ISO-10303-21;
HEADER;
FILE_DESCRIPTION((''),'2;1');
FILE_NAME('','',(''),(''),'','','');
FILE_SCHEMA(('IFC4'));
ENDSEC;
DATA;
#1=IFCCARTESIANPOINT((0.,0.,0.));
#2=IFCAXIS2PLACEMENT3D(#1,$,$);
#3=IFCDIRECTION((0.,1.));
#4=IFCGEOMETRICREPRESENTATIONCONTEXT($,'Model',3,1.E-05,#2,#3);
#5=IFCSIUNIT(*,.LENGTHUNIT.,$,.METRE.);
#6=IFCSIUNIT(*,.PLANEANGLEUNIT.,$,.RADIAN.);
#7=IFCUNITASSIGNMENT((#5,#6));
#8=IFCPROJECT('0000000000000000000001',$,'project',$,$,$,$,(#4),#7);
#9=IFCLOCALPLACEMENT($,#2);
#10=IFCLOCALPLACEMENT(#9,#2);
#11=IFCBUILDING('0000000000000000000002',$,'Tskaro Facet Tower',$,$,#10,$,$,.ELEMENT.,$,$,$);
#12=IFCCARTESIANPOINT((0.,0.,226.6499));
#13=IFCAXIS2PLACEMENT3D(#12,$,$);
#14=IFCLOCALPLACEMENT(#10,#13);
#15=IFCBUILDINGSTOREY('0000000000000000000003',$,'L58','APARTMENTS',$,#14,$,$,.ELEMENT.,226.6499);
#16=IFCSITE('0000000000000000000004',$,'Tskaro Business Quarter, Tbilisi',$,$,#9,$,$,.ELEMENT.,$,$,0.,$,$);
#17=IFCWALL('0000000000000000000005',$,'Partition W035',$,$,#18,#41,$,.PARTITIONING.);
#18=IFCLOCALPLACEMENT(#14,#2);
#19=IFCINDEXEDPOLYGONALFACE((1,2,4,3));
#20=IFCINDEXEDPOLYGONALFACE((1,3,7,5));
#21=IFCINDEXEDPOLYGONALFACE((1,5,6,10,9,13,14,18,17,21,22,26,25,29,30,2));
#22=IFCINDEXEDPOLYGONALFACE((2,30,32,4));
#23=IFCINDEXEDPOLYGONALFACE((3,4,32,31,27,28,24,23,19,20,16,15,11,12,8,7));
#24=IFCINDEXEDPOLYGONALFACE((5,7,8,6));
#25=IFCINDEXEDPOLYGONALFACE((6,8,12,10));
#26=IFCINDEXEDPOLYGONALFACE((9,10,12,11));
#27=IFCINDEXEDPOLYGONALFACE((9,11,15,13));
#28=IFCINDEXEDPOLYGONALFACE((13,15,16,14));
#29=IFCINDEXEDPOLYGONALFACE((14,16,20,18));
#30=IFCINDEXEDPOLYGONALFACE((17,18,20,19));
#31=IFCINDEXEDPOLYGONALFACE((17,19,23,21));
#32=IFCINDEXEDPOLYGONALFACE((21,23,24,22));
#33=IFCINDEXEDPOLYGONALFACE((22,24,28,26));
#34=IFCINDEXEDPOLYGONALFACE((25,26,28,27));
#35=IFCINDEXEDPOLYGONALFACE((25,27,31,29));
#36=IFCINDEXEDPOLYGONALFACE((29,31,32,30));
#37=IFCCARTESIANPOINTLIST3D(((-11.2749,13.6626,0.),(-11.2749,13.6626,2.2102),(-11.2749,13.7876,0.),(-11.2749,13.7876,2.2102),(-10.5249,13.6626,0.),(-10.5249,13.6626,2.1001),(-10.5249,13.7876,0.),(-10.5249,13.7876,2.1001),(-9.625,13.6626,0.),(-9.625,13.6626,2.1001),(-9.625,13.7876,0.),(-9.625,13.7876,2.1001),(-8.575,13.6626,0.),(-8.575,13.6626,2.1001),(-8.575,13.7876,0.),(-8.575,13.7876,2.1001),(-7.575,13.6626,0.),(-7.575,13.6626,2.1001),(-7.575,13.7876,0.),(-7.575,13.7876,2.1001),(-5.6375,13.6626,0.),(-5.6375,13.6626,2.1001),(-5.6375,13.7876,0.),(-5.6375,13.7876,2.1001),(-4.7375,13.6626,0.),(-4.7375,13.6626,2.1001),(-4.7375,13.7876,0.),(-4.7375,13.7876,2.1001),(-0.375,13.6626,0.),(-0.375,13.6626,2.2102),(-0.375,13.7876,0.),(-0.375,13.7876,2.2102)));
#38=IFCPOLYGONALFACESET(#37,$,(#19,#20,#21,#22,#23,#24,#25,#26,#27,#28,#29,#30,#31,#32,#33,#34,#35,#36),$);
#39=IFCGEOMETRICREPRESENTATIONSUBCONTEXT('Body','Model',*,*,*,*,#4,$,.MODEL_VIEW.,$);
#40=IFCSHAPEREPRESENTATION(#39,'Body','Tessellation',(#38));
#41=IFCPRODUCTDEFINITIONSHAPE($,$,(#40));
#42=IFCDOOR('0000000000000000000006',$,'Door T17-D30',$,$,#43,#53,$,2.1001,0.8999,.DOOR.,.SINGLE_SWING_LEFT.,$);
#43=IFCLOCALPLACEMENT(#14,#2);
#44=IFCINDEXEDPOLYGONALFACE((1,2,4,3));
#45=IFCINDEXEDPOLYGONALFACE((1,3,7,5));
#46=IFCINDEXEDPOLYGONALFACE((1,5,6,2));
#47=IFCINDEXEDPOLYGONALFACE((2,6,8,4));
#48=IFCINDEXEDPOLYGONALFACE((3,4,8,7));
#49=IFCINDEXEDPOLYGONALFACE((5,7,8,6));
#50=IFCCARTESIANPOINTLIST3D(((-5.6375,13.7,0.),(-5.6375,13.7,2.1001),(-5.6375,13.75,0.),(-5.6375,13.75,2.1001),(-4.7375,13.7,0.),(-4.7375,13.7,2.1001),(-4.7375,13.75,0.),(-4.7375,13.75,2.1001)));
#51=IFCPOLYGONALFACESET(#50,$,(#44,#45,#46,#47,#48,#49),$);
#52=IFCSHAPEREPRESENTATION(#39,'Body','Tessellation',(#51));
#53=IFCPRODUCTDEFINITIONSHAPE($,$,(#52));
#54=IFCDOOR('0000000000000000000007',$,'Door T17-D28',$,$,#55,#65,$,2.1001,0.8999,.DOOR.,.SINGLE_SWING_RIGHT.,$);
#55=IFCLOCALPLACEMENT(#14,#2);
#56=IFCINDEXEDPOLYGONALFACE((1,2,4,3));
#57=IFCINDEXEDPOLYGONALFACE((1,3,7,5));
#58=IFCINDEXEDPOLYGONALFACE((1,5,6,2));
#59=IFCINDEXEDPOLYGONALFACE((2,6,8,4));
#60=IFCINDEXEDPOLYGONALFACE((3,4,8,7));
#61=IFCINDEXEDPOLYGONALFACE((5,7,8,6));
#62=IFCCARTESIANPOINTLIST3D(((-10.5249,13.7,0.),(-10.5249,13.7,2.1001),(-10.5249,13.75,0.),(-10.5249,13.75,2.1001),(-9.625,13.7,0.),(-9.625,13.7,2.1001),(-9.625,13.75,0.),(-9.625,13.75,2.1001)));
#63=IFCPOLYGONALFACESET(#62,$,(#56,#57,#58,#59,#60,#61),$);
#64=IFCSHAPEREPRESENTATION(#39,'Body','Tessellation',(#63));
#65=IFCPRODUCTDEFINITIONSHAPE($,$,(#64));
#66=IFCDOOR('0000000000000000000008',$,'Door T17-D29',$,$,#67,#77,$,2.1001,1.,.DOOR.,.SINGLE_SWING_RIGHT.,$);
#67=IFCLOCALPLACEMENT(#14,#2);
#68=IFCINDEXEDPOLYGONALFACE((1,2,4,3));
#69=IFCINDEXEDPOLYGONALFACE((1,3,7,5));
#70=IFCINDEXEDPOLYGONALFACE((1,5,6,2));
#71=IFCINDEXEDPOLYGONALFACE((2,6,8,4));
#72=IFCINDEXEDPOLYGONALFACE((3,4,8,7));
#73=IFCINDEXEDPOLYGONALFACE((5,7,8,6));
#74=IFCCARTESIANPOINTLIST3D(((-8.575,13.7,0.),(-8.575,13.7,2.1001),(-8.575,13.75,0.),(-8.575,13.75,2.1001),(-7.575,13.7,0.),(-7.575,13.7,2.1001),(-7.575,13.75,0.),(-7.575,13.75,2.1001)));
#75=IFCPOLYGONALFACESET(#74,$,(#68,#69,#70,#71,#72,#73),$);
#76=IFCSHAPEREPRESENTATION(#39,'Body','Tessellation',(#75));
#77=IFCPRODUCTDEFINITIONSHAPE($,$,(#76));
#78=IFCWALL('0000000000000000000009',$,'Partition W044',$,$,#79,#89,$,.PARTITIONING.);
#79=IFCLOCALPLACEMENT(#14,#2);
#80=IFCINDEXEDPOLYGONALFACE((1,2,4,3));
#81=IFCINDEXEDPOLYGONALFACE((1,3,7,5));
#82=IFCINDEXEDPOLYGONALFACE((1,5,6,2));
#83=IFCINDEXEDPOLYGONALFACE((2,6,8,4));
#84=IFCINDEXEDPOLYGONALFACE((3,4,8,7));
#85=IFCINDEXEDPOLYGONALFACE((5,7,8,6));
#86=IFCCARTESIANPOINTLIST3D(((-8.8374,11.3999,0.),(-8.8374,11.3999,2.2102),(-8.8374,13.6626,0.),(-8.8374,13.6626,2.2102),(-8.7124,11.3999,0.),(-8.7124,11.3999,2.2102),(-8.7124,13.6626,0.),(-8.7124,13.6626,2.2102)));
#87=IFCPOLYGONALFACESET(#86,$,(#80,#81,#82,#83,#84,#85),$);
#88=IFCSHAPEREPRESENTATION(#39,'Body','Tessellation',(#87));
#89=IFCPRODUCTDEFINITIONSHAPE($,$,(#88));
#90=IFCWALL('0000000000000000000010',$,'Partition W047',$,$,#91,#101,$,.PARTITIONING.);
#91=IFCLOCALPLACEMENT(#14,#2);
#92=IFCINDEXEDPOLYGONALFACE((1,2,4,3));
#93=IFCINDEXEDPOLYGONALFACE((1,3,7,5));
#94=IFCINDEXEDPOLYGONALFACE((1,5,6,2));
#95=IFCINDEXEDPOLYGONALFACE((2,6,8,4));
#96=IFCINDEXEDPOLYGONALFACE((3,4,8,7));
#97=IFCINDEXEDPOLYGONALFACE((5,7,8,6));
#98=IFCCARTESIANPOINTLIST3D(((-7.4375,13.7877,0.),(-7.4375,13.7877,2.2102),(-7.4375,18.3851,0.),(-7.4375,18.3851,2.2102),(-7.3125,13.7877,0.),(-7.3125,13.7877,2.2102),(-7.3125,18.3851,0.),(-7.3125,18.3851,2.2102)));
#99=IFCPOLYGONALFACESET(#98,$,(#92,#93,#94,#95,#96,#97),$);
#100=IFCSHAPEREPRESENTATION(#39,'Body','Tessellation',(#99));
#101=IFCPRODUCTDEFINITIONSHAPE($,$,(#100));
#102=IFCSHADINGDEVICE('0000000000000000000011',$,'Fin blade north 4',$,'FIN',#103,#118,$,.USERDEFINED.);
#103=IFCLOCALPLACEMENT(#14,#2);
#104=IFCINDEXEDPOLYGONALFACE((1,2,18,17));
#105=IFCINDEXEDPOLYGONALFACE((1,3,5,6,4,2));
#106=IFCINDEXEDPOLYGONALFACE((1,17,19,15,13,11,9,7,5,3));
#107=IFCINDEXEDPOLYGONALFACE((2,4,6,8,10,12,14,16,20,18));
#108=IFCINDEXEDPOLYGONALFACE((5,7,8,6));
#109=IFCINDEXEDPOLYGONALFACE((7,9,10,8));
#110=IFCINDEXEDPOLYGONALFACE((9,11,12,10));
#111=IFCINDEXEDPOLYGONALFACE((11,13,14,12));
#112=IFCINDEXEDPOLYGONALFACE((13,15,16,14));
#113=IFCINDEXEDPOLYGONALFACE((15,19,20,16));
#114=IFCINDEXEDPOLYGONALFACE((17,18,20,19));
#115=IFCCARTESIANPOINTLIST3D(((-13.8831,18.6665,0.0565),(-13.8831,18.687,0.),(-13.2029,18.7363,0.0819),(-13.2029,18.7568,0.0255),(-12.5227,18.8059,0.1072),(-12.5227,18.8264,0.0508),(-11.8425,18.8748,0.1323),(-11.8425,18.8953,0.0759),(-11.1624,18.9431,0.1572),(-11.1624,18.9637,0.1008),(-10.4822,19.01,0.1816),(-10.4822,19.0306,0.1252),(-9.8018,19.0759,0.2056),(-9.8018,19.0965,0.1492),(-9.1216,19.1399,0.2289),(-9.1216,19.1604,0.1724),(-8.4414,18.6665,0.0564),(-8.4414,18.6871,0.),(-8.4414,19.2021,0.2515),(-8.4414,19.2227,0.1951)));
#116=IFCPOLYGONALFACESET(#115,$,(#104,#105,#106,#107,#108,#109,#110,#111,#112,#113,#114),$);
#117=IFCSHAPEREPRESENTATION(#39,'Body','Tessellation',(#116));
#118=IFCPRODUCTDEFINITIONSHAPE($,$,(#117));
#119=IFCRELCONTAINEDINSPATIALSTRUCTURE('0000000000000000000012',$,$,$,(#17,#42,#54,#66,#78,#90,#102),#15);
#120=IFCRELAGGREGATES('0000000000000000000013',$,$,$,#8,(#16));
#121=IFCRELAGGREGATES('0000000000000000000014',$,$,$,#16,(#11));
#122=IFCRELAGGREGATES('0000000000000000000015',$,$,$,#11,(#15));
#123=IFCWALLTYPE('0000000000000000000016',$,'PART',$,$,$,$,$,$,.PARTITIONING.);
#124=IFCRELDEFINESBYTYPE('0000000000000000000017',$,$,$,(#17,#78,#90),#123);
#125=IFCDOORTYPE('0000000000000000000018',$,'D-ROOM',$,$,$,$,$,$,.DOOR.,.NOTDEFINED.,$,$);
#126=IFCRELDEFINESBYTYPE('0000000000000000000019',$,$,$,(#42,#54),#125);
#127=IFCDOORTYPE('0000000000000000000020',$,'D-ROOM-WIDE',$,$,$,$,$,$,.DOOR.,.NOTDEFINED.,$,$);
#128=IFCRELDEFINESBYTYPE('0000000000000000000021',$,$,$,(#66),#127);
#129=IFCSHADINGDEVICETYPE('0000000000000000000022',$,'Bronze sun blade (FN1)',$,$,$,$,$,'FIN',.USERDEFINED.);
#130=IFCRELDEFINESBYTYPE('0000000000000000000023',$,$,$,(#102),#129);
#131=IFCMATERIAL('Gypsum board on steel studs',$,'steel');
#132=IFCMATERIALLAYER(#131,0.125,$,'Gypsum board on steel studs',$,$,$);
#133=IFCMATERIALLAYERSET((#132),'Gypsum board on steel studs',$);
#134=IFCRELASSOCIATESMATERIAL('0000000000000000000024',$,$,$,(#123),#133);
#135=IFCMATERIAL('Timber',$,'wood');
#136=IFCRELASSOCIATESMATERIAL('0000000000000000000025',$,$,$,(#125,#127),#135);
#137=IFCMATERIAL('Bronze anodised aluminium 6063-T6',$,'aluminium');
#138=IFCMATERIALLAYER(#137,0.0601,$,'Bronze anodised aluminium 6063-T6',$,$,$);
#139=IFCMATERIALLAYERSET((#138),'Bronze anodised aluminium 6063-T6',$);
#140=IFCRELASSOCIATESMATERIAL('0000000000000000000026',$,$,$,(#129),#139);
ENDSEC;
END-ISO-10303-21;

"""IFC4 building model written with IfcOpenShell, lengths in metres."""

from ifc_helpers import new_model, si_unit, direction, frame, frame_2d, origin, place, context, subcontext, project, spatial, polyline, rectangle, outline, extrude, material, layer, layer_set, type_object, element, fill, save


model = new_model("IFC4")

# Units and contexts
model_context = context("Model", 3, precision=1e-05, world=origin(), true_north=direction((0.0, 1.0)))
body_context = subcontext(model_context, "Body", "Model", "MODEL_VIEW")
ifc_project = project(units=[si_unit("LENGTHUNIT", "METRE"), si_unit("PLANEANGLEUNIT", "RADIAN")], contexts=[model_context])

# Site, building, storey
site_placement = place(None, origin())
site = spatial("IfcSite", under=ifc_project, at=site_placement, Name="Tskaro Business Quarter, Tbilisi", CompositionType="ELEMENT", RefElevation=0.0)
building_placement = place(site_placement, origin())
building = spatial("IfcBuilding", under=site, at=building_placement, Name="Tskaro Facet Tower", CompositionType="ELEMENT")
storey_placement = place(building_placement, frame((0.0, 0.0, 226.6499)))
storey = spatial("IfcBuildingStorey", under=building, at=storey_placement, Name="L58", Description="APARTMENTS", CompositionType="ELEMENT", Elevation=226.6499)

# Shared definitions
ifc_material_1 = material(Name="Bronze anodised aluminium 6063-T6", Category="aluminium")

# Wall, openings, doors
ifc_material_2 = material(Name="Gypsum board on steel studs", Category="steel")
ifc_layer_1 = layer(ifc_material_2, 0.125, Name="Gypsum board on steel studs")
ifc_layer_set_1 = layer_set([ifc_layer_1], Name="Gypsum board on steel studs")
wall_type = type_object("IfcWallType", Name="PART", PredefinedType="PARTITIONING", material=ifc_layer_set_1)
wall_1_placement = place(storey_placement, frame((-11.2749, 13.7251, 0.0), z_axis=(0.0, 0.0, 1.0), x_axis=(1.0, 0.0, 0.0)))
wall_1 = element("IfcWall", 1, at=wall_1_placement, inside=storey, type_object=wall_type, Name="Partition W035", PredefinedType="PARTITIONING", context=body_context, shape_type="SweptSolid", body=[
    extrude(rectangle(XDim=10.8999, YDim=0.125, at=frame_2d((5.45, 0.0))), origin(), (0.0, 0.0, 1.0), 2.2102),
])
opening_1_placement = place(wall_1_placement, frame((5.6375, 0.0, 0.0)))
opening_1 = element("IfcOpeningElement", 2, at=opening_1_placement, cuts=wall_1, PredefinedType="OPENING", context=body_context, shape_type="SweptSolid", body=[
    extrude(rectangle(XDim=0.8999, YDim=2.1001, at=frame_2d((0.45, 1.05))), frame((0.0, 0.0725, 0.0), z_axis=(0.0, -1.0, 0.0), x_axis=(1.0, 0.0, 0.0)), (0.0, 0.0, 1.0), 0.145),
])
opening_2_placement = place(wall_1_placement, frame((2.7, 0.0, 0.0)))
opening_2 = element("IfcOpeningElement", 3, at=opening_2_placement, cuts=wall_1, PredefinedType="OPENING", context=body_context, shape_type="SweptSolid", body=[
    extrude(rectangle(XDim=1.0, YDim=2.1001, at=frame_2d((0.5, 1.05))), frame((0.0, 0.0725, 0.0), z_axis=(0.0, -1.0, 0.0), x_axis=(1.0, 0.0, 0.0)), (0.0, 0.0, 1.0), 0.145),
])
opening_3_placement = place(wall_1_placement, frame((0.75, 0.0, 0.0)))
opening_3 = element("IfcOpeningElement", 4, at=opening_3_placement, cuts=wall_1, PredefinedType="OPENING", context=body_context, shape_type="SweptSolid", body=[
    extrude(rectangle(XDim=0.8999, YDim=2.1001, at=frame_2d((0.45, 1.05))), frame((0.0, 0.0725, 0.0), z_axis=(0.0, -1.0, 0.0), x_axis=(1.0, 0.0, 0.0)), (0.0, 0.0, 1.0), 0.145),
])
ifc_material_3 = material(Name="Timber", Category="wood")
door_type_1 = type_object("IfcDoorType", Name="D-ROOM", OperationType="NOTDEFINED", PredefinedType="DOOR", material=ifc_material_3)
door_1_placement = place(opening_1_placement, origin())
door_1 = element("IfcDoor", 5, at=door_1_placement, inside=storey, type_object=door_type_1, Name="Door T17-D30", OperationType="SINGLE_SWING_LEFT", OverallHeight=2.1001, OverallWidth=0.8999, PredefinedType="DOOR", context=body_context, shape_type="SweptSolid", body=[
    extrude(rectangle(XDim=0.8999, YDim=2.1001, at=frame_2d((0.45, 1.05))), frame((0.0, 0.0249, 0.0), z_axis=(0.0, -1.0, 0.0), x_axis=(1.0, 0.0, 0.0)), (0.0, 0.0, 1.0), 0.05),
])
fill(opening_1, door_1)
door_2_placement = place(opening_3_placement, origin())
door_2 = element("IfcDoor", 6, at=door_2_placement, inside=storey, type_object=door_type_1, Name="Door T17-D28", OperationType="SINGLE_SWING_RIGHT", OverallHeight=2.1001, OverallWidth=0.8999, PredefinedType="DOOR", context=body_context, shape_type="SweptSolid", body=[
    extrude(rectangle(XDim=0.8999, YDim=2.1001, at=frame_2d((0.45, 1.05))), frame((0.0, 0.0249, 0.0), z_axis=(0.0, -1.0, 0.0), x_axis=(1.0, 0.0, 0.0)), (0.0, 0.0, 1.0), 0.05),
])
fill(opening_3, door_2)
door_type_2 = type_object("IfcDoorType", Name="D-ROOM-WIDE", OperationType="NOTDEFINED", PredefinedType="DOOR", material=ifc_material_3)
door_3_placement = place(opening_2_placement, origin())
door_3 = element("IfcDoor", 7, at=door_3_placement, inside=storey, type_object=door_type_2, Name="Door T17-D29", OperationType="SINGLE_SWING_RIGHT", OverallHeight=2.1001, OverallWidth=1.0, PredefinedType="DOOR", context=body_context, shape_type="SweptSolid", body=[
    extrude(rectangle(XDim=1.0, YDim=2.1001, at=frame_2d((0.5, 1.05))), frame((0.0, 0.0249, 0.0), z_axis=(0.0, -1.0, 0.0), x_axis=(1.0, 0.0, 0.0)), (0.0, 0.0, 1.0), 0.05),
])
fill(opening_2, door_3)

# Walls
wall_2_placement = place(storey_placement, frame((-8.7749, 11.3999, 0.0), z_axis=(0.0, 0.0, 1.0), x_axis=(0.0, 1.0, 0.0)))
element("IfcWall", 8, at=wall_2_placement, inside=storey, type_object=wall_type, Name="Partition W044", PredefinedType="PARTITIONING", context=body_context, shape_type="SweptSolid", body=[
    extrude(rectangle(XDim=2.2627, YDim=0.125, at=frame_2d((1.1313, 0.0))), origin(), (0.0, 0.0, 1.0), 2.2102),
])
wall_3_placement = place(storey_placement, frame((-7.375, 13.7876, 0.0), z_axis=(0.0, 0.0, 1.0), x_axis=(0.0, 1.0, 0.0)))
element("IfcWall", 9, at=wall_3_placement, inside=storey, type_object=wall_type, Name="Partition W047", PredefinedType="PARTITIONING", context=body_context, shape_type="SweptSolid", body=[
    extrude(rectangle(XDim=4.5974, YDim=0.125, at=frame_2d((2.2988, 0.0))), origin(), (0.0, 0.0, 1.0), 2.2102),
])

# Shading device
ifc_layer_2 = layer(ifc_material_1, 0.0601, Name="Bronze anodised aluminium 6063-T6")
ifc_layer_set_2 = layer_set([ifc_layer_2], Name="Bronze anodised aluminium 6063-T6")
shading_device_type = type_object("IfcShadingDeviceType", Name="Bronze sun blade (FN1)", ElementType="FIN", PredefinedType="USERDEFINED", material=ifc_layer_set_2)
shading_device_placement = place(storey_placement, frame((-8.4414, 18.6665, 0.0564), z_axis=(0.000014, -0.34232, 0.939584), x_axis=(-1.0, -0.000005, 0.000014)))
element("IfcShadingDevice", 10, at=shading_device_placement, inside=storey, type_object=shading_device_type, Name="Fin blade north 4", ObjectType="FIN", PredefinedType="USERDEFINED", context=body_context, shape_type="SweptSolid", body=[
    extrude(outline(polyline([(0.0, 0.0), (5.4417, 0.0), (4.7615, -0.0743), (4.0813, -0.1484), (3.4011, -0.2217), (2.7209, -0.2944), (2.0408, -0.3656), (1.3604, -0.4358), (0.6802, -0.5038), (0.0, -0.5701), (0.0, 0.0)])), origin(), (0.0, 0.0, -1.0), 0.0601),
])

save(model, "model.ifc")
